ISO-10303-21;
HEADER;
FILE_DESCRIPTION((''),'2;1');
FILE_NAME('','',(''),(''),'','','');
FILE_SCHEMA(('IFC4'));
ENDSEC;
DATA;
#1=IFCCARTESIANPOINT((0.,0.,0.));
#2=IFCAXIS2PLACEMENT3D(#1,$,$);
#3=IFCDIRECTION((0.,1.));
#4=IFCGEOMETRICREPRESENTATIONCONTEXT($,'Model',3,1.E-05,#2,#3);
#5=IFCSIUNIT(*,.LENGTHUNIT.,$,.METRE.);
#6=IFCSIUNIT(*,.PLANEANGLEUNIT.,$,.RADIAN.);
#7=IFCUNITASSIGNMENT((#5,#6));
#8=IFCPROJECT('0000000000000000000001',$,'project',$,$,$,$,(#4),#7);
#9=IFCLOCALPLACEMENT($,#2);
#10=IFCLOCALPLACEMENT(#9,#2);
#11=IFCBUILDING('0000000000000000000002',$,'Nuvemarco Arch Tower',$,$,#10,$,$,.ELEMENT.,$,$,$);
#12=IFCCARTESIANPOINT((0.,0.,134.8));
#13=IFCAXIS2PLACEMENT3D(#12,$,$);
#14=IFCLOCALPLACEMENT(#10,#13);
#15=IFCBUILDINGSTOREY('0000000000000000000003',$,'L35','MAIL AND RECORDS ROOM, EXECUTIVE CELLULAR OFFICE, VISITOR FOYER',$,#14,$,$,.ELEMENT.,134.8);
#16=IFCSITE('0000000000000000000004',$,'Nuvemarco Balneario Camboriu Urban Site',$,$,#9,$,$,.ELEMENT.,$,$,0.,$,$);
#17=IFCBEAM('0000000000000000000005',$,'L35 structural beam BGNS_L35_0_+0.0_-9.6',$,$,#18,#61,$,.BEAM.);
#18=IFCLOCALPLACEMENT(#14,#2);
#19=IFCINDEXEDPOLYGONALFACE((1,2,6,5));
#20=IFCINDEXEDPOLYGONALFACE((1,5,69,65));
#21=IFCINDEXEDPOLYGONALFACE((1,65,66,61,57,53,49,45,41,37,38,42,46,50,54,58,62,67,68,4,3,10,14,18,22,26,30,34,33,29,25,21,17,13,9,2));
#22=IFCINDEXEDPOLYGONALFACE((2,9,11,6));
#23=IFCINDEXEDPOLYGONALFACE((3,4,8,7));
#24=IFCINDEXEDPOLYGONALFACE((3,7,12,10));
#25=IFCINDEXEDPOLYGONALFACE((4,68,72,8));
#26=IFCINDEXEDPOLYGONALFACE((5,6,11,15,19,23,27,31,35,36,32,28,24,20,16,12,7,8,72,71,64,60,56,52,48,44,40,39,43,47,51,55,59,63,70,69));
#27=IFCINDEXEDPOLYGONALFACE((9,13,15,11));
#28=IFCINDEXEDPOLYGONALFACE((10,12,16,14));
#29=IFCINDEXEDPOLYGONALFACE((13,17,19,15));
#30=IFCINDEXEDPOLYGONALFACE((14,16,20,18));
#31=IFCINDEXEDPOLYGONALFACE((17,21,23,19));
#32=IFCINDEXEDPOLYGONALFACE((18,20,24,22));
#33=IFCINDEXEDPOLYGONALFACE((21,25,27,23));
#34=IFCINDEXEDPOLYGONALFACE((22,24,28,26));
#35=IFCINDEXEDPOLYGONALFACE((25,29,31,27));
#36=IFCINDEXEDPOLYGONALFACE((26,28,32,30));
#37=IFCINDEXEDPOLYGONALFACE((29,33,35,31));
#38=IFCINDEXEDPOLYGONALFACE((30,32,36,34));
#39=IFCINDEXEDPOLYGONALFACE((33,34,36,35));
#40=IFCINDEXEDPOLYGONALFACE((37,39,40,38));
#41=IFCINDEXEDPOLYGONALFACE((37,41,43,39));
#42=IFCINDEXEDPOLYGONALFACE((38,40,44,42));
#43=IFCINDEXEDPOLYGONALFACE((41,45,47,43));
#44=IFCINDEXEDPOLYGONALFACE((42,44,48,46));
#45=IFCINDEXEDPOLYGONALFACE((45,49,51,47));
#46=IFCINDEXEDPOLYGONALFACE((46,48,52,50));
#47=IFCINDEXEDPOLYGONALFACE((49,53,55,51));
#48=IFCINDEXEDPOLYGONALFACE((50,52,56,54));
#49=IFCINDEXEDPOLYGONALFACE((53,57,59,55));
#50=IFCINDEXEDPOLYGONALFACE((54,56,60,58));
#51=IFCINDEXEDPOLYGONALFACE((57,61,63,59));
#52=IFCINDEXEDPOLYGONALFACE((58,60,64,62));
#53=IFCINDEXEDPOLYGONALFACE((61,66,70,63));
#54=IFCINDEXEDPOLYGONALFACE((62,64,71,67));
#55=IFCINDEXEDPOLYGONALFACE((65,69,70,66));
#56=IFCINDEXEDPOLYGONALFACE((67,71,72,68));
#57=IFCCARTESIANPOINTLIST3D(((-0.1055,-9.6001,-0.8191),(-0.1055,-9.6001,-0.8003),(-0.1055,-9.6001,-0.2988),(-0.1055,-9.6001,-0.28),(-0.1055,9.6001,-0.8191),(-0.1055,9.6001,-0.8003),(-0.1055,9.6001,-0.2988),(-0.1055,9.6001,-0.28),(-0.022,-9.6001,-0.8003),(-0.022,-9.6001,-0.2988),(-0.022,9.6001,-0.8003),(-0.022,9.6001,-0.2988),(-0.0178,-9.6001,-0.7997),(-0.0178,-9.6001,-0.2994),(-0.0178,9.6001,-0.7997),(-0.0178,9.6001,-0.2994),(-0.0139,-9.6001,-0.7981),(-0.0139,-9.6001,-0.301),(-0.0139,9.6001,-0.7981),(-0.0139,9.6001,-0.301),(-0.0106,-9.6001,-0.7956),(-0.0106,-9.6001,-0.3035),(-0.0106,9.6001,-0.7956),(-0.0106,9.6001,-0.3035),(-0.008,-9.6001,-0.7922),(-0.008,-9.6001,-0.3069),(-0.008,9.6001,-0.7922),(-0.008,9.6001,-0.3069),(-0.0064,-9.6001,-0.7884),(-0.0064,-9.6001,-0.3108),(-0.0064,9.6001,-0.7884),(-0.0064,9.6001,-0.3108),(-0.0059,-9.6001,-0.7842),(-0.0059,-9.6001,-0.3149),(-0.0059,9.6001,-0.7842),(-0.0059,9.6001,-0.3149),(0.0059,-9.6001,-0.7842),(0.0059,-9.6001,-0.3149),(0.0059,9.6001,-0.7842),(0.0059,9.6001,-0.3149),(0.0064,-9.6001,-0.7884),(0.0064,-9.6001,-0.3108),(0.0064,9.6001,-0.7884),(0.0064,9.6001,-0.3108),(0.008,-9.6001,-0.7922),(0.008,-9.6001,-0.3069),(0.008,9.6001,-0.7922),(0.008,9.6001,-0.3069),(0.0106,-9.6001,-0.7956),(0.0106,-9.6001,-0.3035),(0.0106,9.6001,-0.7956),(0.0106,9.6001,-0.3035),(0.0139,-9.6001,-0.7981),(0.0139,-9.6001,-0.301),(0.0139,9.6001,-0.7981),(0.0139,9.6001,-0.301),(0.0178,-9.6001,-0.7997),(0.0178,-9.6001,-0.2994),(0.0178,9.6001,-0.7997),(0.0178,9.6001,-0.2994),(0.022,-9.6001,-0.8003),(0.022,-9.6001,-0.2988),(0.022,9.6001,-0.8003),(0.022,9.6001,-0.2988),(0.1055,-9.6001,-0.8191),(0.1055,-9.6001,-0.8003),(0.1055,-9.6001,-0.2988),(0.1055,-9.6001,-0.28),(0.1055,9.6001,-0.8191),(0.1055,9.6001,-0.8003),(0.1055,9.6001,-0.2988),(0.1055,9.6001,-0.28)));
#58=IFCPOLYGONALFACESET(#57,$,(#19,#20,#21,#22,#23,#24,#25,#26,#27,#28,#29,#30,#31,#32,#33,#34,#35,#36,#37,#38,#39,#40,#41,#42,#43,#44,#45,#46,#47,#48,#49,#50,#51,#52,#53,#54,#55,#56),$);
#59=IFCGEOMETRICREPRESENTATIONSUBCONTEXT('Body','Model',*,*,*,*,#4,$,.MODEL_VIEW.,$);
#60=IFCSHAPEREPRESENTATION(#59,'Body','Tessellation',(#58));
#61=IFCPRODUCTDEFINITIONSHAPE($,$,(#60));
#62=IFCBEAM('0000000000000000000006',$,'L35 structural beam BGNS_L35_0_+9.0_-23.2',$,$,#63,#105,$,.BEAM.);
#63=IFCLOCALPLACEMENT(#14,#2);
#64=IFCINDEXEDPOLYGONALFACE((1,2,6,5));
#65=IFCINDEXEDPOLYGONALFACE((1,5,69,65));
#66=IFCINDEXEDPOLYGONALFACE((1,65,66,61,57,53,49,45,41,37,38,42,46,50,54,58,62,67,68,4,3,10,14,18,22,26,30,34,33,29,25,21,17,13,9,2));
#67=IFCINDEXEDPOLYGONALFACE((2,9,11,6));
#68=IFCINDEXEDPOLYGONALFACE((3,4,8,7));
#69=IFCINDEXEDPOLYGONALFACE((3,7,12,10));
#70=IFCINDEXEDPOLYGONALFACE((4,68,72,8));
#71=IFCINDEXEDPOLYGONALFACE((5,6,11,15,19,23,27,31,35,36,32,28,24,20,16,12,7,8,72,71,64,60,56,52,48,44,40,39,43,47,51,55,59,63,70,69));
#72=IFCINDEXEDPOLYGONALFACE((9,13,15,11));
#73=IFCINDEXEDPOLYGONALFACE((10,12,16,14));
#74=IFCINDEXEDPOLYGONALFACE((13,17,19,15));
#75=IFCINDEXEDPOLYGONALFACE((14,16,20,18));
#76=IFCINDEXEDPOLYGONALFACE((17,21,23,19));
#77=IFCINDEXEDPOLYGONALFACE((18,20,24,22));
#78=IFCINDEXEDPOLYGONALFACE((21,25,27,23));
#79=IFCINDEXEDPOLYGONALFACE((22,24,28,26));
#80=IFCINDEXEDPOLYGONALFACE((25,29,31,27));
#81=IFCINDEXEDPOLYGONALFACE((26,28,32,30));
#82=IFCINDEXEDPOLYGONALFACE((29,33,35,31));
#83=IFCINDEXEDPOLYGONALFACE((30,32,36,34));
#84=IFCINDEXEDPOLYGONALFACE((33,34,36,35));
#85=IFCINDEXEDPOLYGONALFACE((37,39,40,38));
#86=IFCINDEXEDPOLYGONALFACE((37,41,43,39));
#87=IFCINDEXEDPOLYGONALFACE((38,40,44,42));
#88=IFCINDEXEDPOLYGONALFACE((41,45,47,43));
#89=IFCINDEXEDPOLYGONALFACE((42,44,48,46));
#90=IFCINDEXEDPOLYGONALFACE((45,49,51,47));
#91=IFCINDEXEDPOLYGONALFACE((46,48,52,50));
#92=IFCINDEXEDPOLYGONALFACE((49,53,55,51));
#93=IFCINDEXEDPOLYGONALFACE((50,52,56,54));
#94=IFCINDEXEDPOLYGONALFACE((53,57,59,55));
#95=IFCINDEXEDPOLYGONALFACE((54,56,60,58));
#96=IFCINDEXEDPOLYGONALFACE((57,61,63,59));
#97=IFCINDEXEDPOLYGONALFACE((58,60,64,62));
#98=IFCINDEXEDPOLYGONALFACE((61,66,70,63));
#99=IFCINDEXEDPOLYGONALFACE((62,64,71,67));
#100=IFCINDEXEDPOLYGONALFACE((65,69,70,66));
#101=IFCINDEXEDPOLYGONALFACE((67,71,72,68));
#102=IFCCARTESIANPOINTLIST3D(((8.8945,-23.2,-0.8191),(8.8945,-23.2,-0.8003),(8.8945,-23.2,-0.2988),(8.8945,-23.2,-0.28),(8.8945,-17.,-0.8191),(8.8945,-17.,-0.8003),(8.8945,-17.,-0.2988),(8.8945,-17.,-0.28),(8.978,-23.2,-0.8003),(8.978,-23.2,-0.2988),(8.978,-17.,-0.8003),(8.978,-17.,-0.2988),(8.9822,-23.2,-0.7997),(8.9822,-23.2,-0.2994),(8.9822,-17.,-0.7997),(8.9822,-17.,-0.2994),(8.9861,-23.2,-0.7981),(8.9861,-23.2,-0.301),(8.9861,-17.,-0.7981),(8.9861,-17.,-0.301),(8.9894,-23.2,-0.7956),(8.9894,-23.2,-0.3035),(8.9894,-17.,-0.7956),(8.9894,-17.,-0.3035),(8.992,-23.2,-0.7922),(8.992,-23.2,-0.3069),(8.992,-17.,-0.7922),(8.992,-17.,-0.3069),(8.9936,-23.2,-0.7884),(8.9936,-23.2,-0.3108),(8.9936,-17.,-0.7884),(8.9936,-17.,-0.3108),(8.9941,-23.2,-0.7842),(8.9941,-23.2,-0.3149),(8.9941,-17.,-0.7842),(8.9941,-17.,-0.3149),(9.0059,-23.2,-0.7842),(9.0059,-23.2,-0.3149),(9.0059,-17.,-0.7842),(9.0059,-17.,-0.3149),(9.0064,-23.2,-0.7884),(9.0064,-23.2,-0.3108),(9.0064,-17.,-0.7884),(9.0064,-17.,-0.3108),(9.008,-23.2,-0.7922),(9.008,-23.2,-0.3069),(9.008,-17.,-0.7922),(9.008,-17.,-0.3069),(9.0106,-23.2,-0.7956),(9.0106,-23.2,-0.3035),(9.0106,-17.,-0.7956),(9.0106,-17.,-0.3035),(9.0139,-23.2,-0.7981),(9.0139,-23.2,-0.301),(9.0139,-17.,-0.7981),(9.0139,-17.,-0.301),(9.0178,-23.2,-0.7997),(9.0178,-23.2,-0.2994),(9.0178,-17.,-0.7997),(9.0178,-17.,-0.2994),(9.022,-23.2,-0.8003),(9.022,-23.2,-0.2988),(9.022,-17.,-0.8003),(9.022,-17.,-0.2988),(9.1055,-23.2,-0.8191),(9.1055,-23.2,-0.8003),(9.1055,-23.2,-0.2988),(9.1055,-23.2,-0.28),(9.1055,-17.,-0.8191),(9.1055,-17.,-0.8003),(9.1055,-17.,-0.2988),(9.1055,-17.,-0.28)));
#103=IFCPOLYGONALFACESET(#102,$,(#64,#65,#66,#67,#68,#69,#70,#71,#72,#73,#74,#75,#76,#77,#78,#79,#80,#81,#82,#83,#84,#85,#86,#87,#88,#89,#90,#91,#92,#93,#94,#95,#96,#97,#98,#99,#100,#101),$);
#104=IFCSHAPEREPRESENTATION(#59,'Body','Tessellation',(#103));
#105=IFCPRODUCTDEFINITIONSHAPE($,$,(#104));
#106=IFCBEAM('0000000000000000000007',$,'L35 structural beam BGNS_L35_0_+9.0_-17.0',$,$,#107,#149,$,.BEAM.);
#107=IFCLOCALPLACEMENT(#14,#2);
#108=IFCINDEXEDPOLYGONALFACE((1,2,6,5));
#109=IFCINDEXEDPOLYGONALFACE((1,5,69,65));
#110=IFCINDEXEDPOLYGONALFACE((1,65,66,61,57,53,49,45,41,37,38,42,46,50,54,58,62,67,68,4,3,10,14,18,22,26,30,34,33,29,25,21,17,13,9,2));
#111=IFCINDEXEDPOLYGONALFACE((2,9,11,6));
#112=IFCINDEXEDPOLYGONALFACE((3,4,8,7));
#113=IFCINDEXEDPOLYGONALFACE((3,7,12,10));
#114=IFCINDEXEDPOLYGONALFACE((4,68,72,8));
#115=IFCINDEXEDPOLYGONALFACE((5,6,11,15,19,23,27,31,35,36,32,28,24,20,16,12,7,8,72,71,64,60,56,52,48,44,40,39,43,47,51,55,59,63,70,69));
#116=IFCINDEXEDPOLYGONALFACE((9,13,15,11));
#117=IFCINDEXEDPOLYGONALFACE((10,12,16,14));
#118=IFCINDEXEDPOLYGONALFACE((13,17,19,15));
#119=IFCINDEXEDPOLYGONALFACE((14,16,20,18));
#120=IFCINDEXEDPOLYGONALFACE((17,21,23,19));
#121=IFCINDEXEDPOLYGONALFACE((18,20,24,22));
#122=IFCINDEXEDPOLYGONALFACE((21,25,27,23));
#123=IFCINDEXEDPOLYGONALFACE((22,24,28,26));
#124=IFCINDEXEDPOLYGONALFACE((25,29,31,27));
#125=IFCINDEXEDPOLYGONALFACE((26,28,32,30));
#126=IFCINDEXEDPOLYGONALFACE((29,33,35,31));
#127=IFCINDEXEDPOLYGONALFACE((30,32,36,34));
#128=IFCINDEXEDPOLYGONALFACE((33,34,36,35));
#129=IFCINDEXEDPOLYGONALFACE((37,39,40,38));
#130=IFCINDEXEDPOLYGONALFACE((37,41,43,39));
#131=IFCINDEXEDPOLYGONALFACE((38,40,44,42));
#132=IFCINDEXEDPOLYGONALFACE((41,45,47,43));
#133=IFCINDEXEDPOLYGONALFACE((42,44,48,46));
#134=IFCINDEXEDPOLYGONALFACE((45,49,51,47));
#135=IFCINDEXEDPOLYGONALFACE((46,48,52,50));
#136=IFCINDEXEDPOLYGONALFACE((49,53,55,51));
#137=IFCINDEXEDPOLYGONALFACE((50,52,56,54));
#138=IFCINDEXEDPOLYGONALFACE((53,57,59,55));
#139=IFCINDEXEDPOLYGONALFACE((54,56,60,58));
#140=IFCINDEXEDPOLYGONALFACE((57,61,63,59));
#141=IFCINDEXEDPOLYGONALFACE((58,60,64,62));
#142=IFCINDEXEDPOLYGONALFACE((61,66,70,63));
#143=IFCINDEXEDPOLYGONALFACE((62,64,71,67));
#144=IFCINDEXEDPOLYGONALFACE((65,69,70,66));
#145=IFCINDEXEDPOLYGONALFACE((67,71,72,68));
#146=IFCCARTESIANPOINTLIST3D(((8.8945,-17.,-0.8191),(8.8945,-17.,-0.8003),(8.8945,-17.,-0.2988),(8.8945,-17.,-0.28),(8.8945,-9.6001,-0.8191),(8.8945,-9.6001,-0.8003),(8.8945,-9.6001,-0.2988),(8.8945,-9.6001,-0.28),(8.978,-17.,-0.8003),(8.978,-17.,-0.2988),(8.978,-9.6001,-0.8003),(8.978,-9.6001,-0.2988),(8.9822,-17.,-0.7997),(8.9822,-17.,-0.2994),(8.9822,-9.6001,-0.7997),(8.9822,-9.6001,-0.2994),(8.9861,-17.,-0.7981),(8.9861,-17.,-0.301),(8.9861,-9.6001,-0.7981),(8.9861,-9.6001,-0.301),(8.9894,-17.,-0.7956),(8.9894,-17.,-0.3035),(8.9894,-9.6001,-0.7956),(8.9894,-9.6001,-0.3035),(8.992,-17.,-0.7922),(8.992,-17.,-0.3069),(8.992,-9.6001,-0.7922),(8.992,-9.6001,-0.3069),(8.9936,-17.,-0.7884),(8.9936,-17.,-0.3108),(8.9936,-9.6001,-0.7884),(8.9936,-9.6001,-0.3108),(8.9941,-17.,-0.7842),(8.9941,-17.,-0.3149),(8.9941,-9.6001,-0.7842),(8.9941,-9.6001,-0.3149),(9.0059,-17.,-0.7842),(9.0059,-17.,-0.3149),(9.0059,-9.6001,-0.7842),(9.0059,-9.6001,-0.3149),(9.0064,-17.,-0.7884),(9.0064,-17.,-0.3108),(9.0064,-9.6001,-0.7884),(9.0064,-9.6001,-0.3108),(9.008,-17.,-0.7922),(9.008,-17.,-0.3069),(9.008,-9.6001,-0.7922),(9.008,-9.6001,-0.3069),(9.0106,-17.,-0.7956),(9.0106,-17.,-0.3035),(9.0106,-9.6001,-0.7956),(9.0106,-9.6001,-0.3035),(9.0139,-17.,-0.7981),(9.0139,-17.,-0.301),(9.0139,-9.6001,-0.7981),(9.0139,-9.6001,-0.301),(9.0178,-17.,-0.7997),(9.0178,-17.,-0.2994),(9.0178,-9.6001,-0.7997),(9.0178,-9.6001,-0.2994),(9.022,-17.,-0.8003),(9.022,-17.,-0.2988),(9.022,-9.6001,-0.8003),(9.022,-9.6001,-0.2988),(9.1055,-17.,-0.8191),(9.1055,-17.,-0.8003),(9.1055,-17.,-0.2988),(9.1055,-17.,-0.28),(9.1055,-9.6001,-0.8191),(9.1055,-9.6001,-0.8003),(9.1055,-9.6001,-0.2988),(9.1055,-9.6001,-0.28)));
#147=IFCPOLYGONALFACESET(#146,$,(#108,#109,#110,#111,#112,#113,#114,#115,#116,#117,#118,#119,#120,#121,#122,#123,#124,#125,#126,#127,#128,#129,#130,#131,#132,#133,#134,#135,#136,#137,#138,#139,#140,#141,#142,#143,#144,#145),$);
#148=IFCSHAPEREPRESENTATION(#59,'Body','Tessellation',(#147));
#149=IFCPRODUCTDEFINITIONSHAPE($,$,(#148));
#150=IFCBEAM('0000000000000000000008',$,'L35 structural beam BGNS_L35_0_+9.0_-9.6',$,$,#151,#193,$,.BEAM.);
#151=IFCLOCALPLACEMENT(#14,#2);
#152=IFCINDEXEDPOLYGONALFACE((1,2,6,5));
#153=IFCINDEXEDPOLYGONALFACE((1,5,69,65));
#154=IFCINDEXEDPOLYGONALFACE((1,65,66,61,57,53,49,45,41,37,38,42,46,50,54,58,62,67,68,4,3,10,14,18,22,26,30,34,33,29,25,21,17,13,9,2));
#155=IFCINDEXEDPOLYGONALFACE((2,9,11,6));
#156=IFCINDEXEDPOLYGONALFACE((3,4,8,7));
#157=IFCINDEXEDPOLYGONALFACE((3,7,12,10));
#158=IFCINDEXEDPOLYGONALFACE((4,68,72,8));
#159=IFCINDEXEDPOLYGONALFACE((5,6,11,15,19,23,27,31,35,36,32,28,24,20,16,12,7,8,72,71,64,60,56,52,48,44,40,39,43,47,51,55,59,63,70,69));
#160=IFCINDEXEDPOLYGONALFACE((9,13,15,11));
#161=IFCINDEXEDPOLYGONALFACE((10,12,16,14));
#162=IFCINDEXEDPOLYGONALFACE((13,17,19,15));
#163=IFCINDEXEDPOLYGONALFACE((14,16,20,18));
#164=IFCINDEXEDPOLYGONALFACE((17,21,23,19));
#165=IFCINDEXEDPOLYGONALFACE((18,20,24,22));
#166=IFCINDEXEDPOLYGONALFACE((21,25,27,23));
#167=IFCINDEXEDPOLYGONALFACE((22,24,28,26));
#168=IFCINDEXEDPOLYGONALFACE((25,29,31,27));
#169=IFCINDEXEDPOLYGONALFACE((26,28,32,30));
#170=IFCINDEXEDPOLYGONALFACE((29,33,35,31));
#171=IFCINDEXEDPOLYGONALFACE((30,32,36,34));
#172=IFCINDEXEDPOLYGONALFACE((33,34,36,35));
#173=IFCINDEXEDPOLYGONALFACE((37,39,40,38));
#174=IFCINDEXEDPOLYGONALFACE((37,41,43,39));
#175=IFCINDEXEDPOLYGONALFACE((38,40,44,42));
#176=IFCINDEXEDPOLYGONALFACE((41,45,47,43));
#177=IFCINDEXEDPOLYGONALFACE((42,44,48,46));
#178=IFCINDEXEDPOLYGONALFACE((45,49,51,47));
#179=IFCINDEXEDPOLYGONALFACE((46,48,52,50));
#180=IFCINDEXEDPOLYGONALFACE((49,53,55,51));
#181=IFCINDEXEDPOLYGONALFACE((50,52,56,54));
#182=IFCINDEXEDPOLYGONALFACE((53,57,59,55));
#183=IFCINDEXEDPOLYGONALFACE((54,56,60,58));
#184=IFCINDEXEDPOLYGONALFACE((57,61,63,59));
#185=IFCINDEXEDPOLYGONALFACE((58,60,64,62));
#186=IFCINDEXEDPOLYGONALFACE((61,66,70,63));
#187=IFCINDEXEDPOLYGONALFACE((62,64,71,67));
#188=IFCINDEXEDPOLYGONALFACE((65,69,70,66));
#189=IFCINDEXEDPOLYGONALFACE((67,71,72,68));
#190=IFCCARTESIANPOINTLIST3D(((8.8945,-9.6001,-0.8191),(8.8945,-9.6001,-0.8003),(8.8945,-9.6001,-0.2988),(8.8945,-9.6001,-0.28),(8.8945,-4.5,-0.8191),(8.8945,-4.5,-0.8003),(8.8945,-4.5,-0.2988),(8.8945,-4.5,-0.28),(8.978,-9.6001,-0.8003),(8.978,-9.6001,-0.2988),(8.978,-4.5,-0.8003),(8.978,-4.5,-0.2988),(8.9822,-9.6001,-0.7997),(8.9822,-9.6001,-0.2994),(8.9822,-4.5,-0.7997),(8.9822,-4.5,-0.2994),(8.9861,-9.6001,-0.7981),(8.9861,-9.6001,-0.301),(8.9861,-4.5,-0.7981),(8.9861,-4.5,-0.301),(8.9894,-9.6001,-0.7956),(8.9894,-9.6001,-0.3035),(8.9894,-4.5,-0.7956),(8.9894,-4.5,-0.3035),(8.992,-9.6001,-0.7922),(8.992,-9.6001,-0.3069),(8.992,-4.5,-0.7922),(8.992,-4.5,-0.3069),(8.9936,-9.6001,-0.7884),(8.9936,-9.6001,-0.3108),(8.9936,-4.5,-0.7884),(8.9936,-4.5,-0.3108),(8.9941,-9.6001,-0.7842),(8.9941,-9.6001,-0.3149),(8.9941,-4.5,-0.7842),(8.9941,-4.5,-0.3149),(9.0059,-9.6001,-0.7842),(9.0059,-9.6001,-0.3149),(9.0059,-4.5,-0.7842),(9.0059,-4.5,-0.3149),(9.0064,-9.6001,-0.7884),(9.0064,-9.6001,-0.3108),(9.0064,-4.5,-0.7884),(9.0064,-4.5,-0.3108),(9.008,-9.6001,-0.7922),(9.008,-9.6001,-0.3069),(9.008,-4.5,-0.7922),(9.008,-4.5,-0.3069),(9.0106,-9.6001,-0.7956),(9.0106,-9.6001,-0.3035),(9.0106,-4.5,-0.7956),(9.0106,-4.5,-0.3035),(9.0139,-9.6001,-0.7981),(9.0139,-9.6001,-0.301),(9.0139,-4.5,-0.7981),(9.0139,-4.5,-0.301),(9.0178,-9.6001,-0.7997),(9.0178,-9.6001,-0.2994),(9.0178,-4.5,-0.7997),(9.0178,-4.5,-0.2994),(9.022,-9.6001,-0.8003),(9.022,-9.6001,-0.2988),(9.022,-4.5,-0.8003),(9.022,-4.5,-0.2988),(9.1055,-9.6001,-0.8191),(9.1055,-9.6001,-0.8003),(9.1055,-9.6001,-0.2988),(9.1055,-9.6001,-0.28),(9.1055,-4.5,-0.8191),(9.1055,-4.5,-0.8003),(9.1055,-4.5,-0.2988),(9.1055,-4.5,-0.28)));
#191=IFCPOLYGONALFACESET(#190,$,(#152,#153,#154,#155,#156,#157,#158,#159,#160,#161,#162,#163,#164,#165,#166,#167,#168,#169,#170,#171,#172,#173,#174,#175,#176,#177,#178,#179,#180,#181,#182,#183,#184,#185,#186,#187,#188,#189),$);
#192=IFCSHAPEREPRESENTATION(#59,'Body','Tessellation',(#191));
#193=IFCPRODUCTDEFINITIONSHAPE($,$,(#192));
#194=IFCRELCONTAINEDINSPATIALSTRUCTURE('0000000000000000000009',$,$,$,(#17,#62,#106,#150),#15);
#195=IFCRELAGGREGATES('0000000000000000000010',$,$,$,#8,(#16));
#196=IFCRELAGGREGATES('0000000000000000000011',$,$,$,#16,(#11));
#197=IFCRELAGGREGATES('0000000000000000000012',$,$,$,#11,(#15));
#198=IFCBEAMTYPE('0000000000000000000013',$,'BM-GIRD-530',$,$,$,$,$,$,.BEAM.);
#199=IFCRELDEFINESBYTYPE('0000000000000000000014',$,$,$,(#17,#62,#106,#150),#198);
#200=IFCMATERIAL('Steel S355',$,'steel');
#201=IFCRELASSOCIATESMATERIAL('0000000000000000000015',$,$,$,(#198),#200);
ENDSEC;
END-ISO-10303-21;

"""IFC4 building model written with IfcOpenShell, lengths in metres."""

from ifc_helpers import new_model, si_unit, direction, frame, origin, origin_2d, place, context, subcontext, project, spatial, i_section, extrude, material, material_profile, profile_set, type_object, element, save


model = new_model("IFC4")

# Units and contexts
model_context = context("Model", 3, precision=1e-05, world=origin(), true_north=direction((0.0, 1.0)))
body_context = subcontext(model_context, "Body", "Model", "MODEL_VIEW")
ifc_project = project(units=[si_unit("LENGTHUNIT", "METRE"), si_unit("PLANEANGLEUNIT", "RADIAN")], contexts=[model_context])

# Site, building, storey
site_placement = place(None, origin())
site = spatial("IfcSite", under=ifc_project, at=site_placement, Name="Nuvemarco Balneario Camboriu Urban Site", CompositionType="ELEMENT", RefElevation=0.0)
building_placement = place(site_placement, origin())
building = spatial("IfcBuilding", under=site, at=building_placement, Name="Nuvemarco Arch Tower", CompositionType="ELEMENT")
storey_placement = place(building_placement, frame((0.0, 0.0, 134.8)))
storey = spatial("IfcBuildingStorey", under=building, at=storey_placement, Name="L35", Description="MAIL AND RECORDS ROOM, EXECUTIVE CELLULAR OFFICE, VISITOR FOYER", CompositionType="ELEMENT", Elevation=134.8)

# Shared definitions
ifc_material_1 = material(Name="Steel S355", Category="steel")

# Beams
ifc_material_profile_1 = material_profile(ifc_material_1, i_section(OverallWidth=0.2109, OverallDepth=0.5391, WebThickness=0.0117, FlangeThickness=0.0188, FilletRadius=0.0161, at=origin_2d()), Name="W530x109")
ifc_profile_set_1 = profile_set([ifc_material_profile_1], Name="Steel S355")
beam_type_1 = type_object("IfcBeamType", Name="BM-GIRD-530", PredefinedType="BEAM", material=ifc_profile_set_1)
beam_1_placement = place(storey_placement, frame((0.0, -9.6001, -0.5496), z_axis=(0.0, 1.0, 0.0), x_axis=(-1.0, 0.0, 0.0)))
element("IfcBeam", 1, at=beam_1_placement, inside=storey, type_object=beam_type_1, Name="L35 structural beam BGNS_L35_0_+0.0_-9.6", PredefinedType="BEAM", context=body_context, shape_type="SweptSolid", body=[
    extrude(i_section(OverallWidth=0.2109, OverallDepth=0.5391, WebThickness=0.0117, FlangeThickness=0.0188, FilletRadius=0.0161, at=origin_2d()), origin(), (0.0, 0.0, 1.0), 19.2002),
])
beam_2_placement = place(storey_placement, frame((9.0, -23.2, -0.5496), z_axis=(0.0, 1.0, 0.0), x_axis=(-1.0, 0.0, 0.0)))
element("IfcBeam", 2, at=beam_2_placement, inside=storey, type_object=beam_type_1, Name="L35 structural beam BGNS_L35_0_+9.0_-23.2", PredefinedType="BEAM", context=body_context, shape_type="SweptSolid", body=[
    extrude(i_section(OverallWidth=0.2109, OverallDepth=0.5391, WebThickness=0.0117, FlangeThickness=0.0188, FilletRadius=0.0161, at=origin_2d()), origin(), (0.0, 0.0, 1.0), 6.2),
])
beam_3_placement = place(storey_placement, frame((9.0, -17.0, -0.5496), z_axis=(0.0, 1.0, 0.0), x_axis=(-1.0, 0.0, 0.0)))
element("IfcBeam", 3, at=beam_3_placement, inside=storey, type_object=beam_type_1, Name="L35 structural beam BGNS_L35_0_+9.0_-17.0", PredefinedType="BEAM", context=body_context, shape_type="SweptSolid", body=[
    extrude(i_section(OverallWidth=0.2109, OverallDepth=0.5391, WebThickness=0.0117, FlangeThickness=0.0188, FilletRadius=0.0161, at=origin_2d()), origin(), (0.0, 0.0, 1.0), 7.3999),
])
beam_4_placement = place(storey_placement, frame((9.0, -9.6001, -0.5496), z_axis=(0.0, 1.0, 0.0), x_axis=(-1.0, 0.0, 0.0)))
element("IfcBeam", 4, at=beam_4_placement, inside=storey, type_object=beam_type_1, Name="L35 structural beam BGNS_L35_0_+9.0_-9.6", PredefinedType="BEAM", context=body_context, shape_type="SweptSolid", body=[
    extrude(i_section(OverallWidth=0.2109, OverallDepth=0.5391, WebThickness=0.0117, FlangeThickness=0.0188, FilletRadius=0.0161, at=origin_2d()), origin(), (0.0, 0.0, 1.0), 5.1001),
])

save(model, "model.ifc")
